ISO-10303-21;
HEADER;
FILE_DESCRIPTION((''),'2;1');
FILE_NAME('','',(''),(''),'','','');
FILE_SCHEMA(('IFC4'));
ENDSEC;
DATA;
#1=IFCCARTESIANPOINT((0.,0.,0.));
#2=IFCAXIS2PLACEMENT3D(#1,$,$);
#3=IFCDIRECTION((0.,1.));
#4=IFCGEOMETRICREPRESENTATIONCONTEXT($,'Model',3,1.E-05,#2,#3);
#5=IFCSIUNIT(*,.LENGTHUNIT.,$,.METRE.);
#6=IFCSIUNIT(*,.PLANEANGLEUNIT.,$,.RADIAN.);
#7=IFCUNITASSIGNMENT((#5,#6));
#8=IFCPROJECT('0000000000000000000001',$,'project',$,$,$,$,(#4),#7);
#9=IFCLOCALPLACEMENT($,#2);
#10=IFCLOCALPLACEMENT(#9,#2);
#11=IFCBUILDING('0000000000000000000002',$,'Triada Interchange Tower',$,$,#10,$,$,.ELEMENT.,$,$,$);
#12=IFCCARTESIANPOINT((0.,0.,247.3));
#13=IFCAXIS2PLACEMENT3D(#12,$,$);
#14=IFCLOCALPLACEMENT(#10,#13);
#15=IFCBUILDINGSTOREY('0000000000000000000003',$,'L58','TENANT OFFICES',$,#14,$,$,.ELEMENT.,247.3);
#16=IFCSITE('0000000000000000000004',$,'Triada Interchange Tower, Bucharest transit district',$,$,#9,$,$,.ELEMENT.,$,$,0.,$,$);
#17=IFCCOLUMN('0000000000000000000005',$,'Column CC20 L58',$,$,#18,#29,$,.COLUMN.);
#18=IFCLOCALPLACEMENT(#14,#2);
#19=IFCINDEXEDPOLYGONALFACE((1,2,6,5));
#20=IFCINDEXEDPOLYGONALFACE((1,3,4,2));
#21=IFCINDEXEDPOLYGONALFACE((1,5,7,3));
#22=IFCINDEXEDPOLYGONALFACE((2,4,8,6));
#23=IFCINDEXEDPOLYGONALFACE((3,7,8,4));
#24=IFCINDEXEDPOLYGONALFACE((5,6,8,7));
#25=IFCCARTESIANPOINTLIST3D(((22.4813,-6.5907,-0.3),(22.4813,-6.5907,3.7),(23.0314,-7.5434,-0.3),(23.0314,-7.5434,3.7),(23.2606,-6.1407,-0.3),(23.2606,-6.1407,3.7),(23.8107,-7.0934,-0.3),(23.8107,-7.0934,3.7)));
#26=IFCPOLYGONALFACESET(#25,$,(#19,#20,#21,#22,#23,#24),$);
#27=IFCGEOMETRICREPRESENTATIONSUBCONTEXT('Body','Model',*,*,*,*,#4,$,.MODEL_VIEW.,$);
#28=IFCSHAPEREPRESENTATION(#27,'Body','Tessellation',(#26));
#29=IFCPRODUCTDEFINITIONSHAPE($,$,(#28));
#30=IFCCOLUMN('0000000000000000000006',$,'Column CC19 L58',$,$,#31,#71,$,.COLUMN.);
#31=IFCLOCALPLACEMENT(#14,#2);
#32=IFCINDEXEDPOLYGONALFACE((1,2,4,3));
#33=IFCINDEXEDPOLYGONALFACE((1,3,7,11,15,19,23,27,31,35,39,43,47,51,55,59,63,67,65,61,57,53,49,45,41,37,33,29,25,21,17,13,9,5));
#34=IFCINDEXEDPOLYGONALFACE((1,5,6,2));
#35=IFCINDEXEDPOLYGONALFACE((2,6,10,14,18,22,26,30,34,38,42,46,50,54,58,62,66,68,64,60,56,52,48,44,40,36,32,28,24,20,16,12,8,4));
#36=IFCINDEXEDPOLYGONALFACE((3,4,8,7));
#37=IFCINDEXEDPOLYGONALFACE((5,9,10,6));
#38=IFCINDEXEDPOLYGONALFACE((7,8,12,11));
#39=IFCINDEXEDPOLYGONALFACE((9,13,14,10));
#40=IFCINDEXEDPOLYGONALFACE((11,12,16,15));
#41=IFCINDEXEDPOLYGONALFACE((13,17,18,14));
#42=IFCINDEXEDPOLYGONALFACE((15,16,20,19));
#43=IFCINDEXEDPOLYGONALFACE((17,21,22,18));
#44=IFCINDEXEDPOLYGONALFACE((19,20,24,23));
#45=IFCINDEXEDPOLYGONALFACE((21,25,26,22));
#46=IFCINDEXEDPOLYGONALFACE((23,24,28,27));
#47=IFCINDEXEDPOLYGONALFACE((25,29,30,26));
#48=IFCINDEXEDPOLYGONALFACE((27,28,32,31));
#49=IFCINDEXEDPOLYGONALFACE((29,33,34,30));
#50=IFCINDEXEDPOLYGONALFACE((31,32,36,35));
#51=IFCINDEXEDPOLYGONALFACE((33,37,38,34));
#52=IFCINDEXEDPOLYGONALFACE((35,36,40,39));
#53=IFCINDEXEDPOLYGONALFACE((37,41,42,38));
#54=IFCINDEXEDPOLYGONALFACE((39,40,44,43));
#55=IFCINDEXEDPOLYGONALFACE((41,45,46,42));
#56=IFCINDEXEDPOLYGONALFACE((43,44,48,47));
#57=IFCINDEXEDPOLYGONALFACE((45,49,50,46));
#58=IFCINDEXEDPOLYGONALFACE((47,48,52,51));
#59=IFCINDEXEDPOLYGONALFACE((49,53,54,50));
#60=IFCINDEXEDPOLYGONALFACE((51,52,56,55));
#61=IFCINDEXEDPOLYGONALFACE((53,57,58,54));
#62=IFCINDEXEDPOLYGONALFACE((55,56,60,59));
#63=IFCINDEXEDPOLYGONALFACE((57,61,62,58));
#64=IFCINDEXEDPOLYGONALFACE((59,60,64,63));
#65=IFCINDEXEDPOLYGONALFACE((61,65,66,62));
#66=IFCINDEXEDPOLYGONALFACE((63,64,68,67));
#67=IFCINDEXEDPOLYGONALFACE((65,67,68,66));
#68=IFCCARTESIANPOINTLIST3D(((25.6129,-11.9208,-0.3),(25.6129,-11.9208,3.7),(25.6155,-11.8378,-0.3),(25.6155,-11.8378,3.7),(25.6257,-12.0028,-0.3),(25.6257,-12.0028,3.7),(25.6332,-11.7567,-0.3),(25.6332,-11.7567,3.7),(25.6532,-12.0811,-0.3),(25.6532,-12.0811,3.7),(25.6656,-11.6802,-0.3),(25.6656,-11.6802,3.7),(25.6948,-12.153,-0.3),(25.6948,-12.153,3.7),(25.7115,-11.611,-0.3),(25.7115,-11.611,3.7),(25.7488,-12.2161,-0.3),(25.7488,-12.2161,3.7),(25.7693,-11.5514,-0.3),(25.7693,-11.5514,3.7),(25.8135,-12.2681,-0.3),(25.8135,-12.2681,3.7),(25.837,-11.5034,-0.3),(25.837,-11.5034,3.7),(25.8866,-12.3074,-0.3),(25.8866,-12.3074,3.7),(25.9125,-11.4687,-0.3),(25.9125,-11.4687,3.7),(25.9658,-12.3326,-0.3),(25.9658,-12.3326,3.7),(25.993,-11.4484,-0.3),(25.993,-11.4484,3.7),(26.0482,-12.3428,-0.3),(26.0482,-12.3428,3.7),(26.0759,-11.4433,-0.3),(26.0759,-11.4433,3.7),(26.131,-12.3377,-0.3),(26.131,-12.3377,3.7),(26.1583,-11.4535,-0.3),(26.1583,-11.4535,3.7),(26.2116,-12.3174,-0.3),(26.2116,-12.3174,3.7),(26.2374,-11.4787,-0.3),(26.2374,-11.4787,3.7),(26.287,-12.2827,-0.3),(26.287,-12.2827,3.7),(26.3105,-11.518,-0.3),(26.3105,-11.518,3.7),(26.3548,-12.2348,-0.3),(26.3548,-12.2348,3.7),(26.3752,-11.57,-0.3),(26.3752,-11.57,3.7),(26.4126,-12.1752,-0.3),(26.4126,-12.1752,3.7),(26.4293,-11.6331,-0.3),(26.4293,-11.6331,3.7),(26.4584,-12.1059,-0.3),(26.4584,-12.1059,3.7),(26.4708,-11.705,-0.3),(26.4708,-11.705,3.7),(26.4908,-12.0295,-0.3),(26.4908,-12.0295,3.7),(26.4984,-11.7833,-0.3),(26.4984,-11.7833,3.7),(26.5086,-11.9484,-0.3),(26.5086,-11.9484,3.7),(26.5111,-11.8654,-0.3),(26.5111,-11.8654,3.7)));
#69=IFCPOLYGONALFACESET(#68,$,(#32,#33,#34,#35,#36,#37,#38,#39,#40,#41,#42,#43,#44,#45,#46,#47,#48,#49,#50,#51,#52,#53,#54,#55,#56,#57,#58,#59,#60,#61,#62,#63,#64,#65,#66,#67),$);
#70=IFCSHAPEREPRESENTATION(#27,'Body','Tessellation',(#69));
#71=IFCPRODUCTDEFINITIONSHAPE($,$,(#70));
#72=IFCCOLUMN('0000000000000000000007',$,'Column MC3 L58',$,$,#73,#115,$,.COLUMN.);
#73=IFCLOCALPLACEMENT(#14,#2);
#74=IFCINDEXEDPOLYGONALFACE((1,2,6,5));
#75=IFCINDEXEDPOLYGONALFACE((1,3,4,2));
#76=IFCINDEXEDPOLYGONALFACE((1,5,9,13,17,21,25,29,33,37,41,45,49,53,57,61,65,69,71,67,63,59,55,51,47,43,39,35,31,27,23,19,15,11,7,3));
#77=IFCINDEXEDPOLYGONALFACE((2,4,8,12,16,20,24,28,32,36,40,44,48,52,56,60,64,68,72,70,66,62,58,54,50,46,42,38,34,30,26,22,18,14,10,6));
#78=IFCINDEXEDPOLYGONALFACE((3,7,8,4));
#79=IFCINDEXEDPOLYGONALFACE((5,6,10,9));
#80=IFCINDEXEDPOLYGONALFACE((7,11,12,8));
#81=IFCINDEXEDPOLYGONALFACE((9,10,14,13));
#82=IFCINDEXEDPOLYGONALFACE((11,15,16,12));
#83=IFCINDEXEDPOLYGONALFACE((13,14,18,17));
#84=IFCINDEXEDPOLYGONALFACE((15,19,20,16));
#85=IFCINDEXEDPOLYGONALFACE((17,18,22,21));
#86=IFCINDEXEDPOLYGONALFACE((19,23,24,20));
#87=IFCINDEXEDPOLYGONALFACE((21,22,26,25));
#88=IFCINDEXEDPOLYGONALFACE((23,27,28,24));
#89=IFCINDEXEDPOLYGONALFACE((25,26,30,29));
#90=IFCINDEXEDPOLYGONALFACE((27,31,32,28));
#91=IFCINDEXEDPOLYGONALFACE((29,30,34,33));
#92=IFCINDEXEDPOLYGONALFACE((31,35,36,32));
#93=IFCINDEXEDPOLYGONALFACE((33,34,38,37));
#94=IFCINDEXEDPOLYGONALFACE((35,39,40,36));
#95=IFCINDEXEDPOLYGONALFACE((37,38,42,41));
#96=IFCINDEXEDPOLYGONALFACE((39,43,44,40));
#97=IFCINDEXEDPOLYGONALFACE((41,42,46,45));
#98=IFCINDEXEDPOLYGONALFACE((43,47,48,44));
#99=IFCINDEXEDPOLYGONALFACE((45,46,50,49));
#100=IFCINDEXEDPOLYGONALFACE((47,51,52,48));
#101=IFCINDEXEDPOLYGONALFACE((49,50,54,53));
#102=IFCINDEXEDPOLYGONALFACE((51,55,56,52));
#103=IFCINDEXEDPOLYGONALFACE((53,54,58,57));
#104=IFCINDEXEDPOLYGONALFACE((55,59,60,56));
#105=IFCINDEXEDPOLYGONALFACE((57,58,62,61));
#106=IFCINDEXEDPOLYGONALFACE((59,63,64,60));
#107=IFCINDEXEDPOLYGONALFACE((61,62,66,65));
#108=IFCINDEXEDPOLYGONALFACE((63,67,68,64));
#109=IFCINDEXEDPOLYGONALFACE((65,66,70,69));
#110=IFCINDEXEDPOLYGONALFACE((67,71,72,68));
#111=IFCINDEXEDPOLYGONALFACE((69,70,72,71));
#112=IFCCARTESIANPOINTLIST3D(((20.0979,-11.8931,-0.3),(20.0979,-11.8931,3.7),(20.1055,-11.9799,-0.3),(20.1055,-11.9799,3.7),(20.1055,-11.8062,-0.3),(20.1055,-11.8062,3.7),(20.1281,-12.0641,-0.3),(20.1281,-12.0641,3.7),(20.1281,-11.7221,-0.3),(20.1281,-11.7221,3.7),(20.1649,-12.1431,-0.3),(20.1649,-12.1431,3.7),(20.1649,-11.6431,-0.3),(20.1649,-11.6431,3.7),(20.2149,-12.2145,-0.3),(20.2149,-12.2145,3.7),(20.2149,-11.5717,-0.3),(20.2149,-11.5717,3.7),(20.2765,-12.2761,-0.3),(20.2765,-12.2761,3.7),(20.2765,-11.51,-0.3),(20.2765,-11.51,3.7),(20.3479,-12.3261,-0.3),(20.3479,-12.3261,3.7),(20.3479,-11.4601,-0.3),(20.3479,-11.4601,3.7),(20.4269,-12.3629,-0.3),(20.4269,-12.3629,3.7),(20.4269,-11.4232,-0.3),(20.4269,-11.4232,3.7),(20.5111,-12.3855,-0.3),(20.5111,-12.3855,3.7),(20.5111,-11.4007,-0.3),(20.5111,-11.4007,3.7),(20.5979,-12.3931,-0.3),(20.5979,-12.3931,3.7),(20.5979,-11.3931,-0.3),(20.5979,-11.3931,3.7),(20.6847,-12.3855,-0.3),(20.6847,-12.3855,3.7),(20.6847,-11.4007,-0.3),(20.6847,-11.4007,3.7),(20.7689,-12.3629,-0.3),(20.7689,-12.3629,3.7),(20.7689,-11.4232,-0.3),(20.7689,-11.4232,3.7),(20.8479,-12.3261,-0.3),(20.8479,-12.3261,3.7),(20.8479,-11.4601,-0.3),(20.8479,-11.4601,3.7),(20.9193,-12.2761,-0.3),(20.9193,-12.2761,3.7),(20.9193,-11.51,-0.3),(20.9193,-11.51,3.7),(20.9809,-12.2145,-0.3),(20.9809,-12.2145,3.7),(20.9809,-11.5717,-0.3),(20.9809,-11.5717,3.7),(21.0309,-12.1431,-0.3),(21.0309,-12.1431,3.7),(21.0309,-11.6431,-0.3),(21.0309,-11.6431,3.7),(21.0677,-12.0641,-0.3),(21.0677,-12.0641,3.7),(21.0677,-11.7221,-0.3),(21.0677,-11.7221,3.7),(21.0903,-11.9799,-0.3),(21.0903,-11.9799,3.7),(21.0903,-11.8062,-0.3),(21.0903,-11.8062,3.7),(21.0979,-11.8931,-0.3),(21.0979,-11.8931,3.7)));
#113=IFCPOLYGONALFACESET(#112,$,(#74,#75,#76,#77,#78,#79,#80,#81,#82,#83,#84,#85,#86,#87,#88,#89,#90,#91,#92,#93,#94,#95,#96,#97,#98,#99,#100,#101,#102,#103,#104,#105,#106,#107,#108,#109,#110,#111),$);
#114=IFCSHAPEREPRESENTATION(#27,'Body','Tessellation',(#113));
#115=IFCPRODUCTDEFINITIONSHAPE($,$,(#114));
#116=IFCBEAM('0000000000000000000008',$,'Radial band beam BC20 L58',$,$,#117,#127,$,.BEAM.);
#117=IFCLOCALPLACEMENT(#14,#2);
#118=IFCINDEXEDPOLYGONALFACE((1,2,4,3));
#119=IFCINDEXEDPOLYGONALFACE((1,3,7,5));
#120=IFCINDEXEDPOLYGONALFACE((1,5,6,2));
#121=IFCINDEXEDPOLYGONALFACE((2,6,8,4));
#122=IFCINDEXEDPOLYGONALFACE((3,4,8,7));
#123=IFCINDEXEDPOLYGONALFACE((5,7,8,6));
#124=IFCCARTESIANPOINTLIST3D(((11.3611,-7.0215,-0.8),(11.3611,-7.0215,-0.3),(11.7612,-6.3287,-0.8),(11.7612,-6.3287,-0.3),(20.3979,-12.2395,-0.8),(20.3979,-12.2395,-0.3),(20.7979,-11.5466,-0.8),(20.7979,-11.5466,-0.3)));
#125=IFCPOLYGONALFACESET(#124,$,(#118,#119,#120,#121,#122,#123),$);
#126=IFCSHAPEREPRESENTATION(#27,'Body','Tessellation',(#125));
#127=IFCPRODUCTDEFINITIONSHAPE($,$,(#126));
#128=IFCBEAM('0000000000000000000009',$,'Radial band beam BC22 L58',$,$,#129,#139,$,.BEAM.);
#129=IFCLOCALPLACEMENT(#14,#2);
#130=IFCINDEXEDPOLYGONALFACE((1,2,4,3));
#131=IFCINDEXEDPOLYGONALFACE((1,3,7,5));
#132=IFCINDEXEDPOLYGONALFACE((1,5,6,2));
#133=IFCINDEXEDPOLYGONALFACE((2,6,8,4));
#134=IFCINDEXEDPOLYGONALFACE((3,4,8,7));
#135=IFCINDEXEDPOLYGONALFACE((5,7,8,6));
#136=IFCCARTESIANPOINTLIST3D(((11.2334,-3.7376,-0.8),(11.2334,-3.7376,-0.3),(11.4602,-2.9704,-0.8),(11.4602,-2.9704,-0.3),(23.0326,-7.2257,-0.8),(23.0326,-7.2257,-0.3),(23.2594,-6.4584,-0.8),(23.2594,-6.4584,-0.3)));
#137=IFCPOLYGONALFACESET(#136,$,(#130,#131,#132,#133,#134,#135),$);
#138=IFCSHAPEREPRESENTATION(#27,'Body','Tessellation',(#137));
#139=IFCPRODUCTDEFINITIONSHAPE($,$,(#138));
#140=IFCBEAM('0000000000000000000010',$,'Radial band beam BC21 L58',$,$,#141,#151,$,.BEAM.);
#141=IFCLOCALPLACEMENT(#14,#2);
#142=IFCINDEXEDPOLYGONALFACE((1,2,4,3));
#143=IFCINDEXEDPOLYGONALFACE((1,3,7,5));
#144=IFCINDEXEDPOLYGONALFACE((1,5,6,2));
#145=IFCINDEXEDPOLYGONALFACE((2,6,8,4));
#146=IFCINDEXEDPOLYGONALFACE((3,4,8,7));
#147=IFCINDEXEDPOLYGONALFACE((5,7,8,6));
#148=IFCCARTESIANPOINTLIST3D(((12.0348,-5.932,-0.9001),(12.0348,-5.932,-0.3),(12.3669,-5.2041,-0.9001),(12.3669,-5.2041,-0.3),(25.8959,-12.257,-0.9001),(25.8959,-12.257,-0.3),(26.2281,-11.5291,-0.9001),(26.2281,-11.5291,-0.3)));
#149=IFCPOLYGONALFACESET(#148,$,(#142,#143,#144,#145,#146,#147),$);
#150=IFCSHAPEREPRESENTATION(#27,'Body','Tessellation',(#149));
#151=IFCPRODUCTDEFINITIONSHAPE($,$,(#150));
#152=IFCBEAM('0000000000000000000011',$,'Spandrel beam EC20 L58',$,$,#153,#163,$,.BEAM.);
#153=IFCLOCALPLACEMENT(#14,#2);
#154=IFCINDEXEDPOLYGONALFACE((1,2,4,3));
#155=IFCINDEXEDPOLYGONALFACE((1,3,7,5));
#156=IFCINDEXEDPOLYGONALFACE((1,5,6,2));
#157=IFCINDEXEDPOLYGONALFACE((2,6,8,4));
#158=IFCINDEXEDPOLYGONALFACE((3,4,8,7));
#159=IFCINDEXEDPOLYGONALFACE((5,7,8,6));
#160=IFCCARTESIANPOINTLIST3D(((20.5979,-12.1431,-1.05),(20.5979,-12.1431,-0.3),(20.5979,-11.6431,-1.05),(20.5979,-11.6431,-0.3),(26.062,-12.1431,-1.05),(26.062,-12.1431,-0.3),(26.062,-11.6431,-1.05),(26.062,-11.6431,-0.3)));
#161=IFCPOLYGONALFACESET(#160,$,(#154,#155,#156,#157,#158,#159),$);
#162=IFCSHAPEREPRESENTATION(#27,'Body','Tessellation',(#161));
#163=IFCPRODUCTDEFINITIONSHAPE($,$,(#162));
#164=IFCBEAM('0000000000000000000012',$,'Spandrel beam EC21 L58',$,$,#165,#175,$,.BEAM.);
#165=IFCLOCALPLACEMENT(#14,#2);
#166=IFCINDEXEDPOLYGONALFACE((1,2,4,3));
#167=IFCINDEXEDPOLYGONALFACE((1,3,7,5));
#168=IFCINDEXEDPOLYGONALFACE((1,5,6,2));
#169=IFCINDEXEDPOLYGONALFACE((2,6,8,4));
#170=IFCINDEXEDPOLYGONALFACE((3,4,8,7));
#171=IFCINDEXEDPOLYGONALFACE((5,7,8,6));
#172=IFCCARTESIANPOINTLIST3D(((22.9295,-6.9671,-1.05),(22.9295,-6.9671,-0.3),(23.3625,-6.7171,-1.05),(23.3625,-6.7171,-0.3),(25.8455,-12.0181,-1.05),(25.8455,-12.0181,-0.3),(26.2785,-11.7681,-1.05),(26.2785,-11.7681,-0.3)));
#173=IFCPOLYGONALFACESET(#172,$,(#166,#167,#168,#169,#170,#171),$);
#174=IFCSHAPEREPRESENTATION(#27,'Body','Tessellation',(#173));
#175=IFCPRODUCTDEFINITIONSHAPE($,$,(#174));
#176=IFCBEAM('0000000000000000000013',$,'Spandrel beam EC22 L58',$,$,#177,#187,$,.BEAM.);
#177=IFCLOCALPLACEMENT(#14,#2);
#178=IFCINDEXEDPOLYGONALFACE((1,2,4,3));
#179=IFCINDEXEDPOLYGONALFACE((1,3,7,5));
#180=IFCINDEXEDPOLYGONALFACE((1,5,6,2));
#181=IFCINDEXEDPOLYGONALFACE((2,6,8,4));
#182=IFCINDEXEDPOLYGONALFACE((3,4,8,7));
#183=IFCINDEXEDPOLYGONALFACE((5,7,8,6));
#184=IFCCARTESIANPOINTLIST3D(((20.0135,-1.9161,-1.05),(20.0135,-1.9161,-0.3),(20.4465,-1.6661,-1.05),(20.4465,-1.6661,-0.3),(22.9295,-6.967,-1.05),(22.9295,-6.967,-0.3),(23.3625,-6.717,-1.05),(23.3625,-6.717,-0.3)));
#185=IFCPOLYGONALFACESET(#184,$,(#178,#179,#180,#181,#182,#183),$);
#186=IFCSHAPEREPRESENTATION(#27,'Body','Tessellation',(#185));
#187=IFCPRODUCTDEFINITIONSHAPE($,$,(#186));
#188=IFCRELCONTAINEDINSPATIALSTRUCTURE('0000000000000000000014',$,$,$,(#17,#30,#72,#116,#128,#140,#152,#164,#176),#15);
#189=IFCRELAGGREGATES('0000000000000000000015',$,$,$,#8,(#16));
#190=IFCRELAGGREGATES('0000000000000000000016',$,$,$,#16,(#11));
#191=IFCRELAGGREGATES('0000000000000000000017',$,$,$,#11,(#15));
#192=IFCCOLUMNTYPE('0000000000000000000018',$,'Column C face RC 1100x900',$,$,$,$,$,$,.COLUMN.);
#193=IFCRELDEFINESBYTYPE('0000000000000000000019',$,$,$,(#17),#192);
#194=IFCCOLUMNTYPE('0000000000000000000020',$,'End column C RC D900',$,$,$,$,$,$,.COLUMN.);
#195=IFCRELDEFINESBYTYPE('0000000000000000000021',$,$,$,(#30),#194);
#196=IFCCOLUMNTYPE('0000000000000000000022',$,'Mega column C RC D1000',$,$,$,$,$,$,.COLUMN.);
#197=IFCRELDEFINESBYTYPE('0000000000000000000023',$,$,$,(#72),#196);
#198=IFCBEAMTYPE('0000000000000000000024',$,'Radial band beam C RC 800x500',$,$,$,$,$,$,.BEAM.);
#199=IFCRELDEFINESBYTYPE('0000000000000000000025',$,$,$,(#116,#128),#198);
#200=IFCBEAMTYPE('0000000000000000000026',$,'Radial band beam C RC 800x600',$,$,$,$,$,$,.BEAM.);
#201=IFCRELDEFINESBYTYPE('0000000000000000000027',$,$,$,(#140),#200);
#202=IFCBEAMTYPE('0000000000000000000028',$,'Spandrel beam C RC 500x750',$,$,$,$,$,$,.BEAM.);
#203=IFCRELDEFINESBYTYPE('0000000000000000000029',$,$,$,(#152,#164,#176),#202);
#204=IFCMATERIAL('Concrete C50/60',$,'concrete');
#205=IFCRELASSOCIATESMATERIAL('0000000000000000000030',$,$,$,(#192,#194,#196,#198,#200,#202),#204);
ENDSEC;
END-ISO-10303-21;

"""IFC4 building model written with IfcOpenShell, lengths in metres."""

from ifc_helpers import new_model, si_unit, direction, frame, origin, origin_2d, place, context, subcontext, project, spatial, rectangle, circle, extrude, material, material_profile, profile_set, type_object, element, save


model = new_model("IFC4")

# Units and contexts
model_context = context("Model", 3, precision=1e-05, world=origin(), true_north=direction((0.0, 1.0)))
body_context = subcontext(model_context, "Body", "Model", "MODEL_VIEW")
ifc_project = project(units=[si_unit("LENGTHUNIT", "METRE"), si_unit("PLANEANGLEUNIT", "RADIAN")], contexts=[model_context])

# Site, building, storey
site_placement = place(None, origin())
site = spatial("IfcSite", under=ifc_project, at=site_placement, Name="Triada Interchange Tower, Bucharest transit district", CompositionType="ELEMENT", RefElevation=0.0)
building_placement = place(site_placement, origin())
building = spatial("IfcBuilding", under=site, at=building_placement, Name="Triada Interchange Tower", CompositionType="ELEMENT")
storey_placement = place(building_placement, frame((0.0, 0.0, 247.3)))
storey = spatial("IfcBuildingStorey", under=building, at=storey_placement, Name="L58", Description="TENANT OFFICES", CompositionType="ELEMENT", Elevation=247.3)

# Columns
ifc_material_1 = material(Name="Concrete C50/60", Category="concrete")
ifc_material_profile_1 = material_profile(ifc_material_1, rectangle(XDim=1.1001, YDim=0.8999, at=origin_2d()), Name="RC 1100x900")
ifc_profile_set_1 = profile_set([ifc_material_profile_1], Name="Concrete C50/60")
column_type_1 = type_object("IfcColumnType", Name="Column C face RC 1100x900", PredefinedType="COLUMN", material=ifc_profile_set_1)
column_1_placement = place(storey_placement, frame((23.146, -6.842, -0.3), z_axis=(0.0, 0.0, 1.0), x_axis=(-0.5, 0.866025, 0.0)))
element("IfcColumn", 1, at=column_1_placement, inside=storey, type_object=column_type_1, Name="Column CC20 L58", PredefinedType="COLUMN", context=body_context, shape_type="SweptSolid", body=[
    extrude(rectangle(XDim=1.1001, YDim=0.8999, at=origin_2d()), origin(), (0.0, 0.0, 1.0), 4.0),
])
ifc_material_profile_2 = material_profile(ifc_material_1, circle(Radius=0.45, at=origin_2d()), Name="RC D900")
ifc_profile_set_2 = profile_set([ifc_material_profile_2], Name="Concrete C50/60")
column_type_2 = type_object("IfcColumnType", Name="End column C RC D900", PredefinedType="COLUMN", material=ifc_profile_set_2)
column_2_placement = place(storey_placement, frame((26.062, -11.8931, -0.3), z_axis=(0.0, 0.0, 1.0), x_axis=(-0.5, 0.866025, 0.0)))
element("IfcColumn", 2, at=column_2_placement, inside=storey, type_object=column_type_2, Name="Column CC19 L58", PredefinedType="COLUMN", context=body_context, shape_type="SweptSolid", body=[
    extrude(circle(Radius=0.45, at=origin_2d()), origin(), (0.0, 0.0, 1.0), 4.0),
])
ifc_material_profile_3 = material_profile(ifc_material_1, circle(Radius=0.5, at=origin_2d()), Name="RC D1000")
ifc_profile_set_3 = profile_set([ifc_material_profile_3], Name="Concrete C50/60")
column_type_3 = type_object("IfcColumnType", Name="Mega column C RC D1000", PredefinedType="COLUMN", material=ifc_profile_set_3)
column_3_placement = place(storey_placement, frame((20.5979, -11.8931, -0.3), z_axis=(0.0, 0.0, 1.0), x_axis=(1.0, 0.0, 0.0)))
element("IfcColumn", 3, at=column_3_placement, inside=storey, type_object=column_type_3, Name="Column MC3 L58", PredefinedType="COLUMN", context=body_context, shape_type="SweptSolid", body=[
    extrude(circle(Radius=0.5, at=origin_2d()), origin(), (0.0, 0.0, 1.0), 4.0),
])

# Beams
ifc_material_profile_4 = material_profile(ifc_material_1, rectangle(XDim=0.8, YDim=0.5, at=origin_2d()), Name="RC 800x500")
ifc_profile_set_4 = profile_set([ifc_material_profile_4], Name="Concrete C50/60")
beam_type_1 = type_object("IfcBeamType", Name="Radial band beam C RC 800x500", PredefinedType="BEAM", material=ifc_profile_set_4)
beam_1_placement = place(storey_placement, frame((20.5979, -11.8931, -0.55), z_axis=(-0.866001, 0.500042, 0.0), x_axis=(-0.500042, -0.866001, 0.0)))
element("IfcBeam", 4, at=beam_1_placement, inside=storey, type_object=beam_type_1, Name="Radial band beam BC20 L58", PredefinedType="BEAM", context=body_context, shape_type="SweptSolid", body=[
    extrude(rectangle(XDim=0.8, YDim=0.5, at=origin_2d()), origin(), (0.0, 0.0, 1.0), 10.4351),
])
beam_2_placement = place(storey_placement, frame((23.146, -6.842, -0.55), z_axis=(-0.958975, 0.283492, 0.0), x_axis=(-0.283492, -0.958975, 0.0)))
element("IfcBeam", 5, at=beam_2_placement, inside=storey, type_object=beam_type_1, Name="Radial band beam BC22 L58", PredefinedType="BEAM", context=body_context, shape_type="SweptSolid", body=[
    extrude(rectangle(XDim=0.8, YDim=0.5, at=origin_2d()), origin(), (0.0, 0.0, 1.0), 12.304),
])
ifc_material_profile_5 = material_profile(ifc_material_1, rectangle(XDim=0.8, YDim=0.6001, at=origin_2d()), Name="RC 800x600")
ifc_profile_set_5 = profile_set([ifc_material_profile_5], Name="Concrete C50/60")
beam_type_2 = type_object("IfcBeamType", Name="Radial band beam C RC 800x600", PredefinedType="BEAM", material=ifc_profile_set_5)
beam_3_placement = place(storey_placement, frame((26.062, -11.8931, -0.6001), z_axis=(-0.909761, 0.415133, 0.0), x_axis=(-0.415133, -0.909761, 0.0)))
element("IfcBeam", 6, at=beam_3_placement, inside=storey, type_object=beam_type_2, Name="Radial band beam BC21 L58", PredefinedType="BEAM", context=body_context, shape_type="SweptSolid", body=[
    extrude(rectangle(XDim=0.8, YDim=0.6001, at=origin_2d()), origin(), (0.0, 0.0, 1.0), 15.2361),
])
ifc_material_profile_6 = material_profile(ifc_material_1, rectangle(XDim=0.5, YDim=0.75, at=origin_2d()), Name="RC 500x750")
ifc_profile_set_6 = profile_set([ifc_material_profile_6], Name="Concrete C50/60")
beam_type_3 = type_object("IfcBeamType", Name="Spandrel beam C RC 500x750", PredefinedType="BEAM", material=ifc_profile_set_6)
beam_4_placement = place(storey_placement, frame((20.5979, -11.8931, -0.675), z_axis=(1.0, 0.0, 0.0), x_axis=(0.0, 1.0, 0.0)))
element("IfcBeam", 7, at=beam_4_placement, inside=storey, type_object=beam_type_3, Name="Spandrel beam EC20 L58", PredefinedType="BEAM", context=body_context, shape_type="SweptSolid", body=[
    extrude(rectangle(XDim=0.5, YDim=0.75, at=origin_2d()), origin(), (0.0, 0.0, 1.0), 5.4641),
])
for number, where, z_axis, x_axis, name in (
    (8, (26.062, -11.8931, -0.675), (-0.499975, 0.86604, 0.0), (-0.86604, -0.499975, 0.0), "Spandrel beam EC21 L58"),
    (9, (23.146, -6.842, -0.675), (-0.499975, 0.86604, 0.0), (-0.86604, -0.499975, 0.0), "Spandrel beam EC22 L58"),
):
    element("IfcBeam", number, at=place(storey_placement, frame(where, z_axis=z_axis, x_axis=x_axis)), inside=storey, type_object=beam_type_3, Name=name, PredefinedType="BEAM", context=body_context, shape_type="SweptSolid", body=[
        extrude(rectangle(XDim=0.5, YDim=0.75, at=origin_2d()), origin(), (0.0, 0.0, 1.0), 5.8323),
    ])

save(model, "model.ifc")
